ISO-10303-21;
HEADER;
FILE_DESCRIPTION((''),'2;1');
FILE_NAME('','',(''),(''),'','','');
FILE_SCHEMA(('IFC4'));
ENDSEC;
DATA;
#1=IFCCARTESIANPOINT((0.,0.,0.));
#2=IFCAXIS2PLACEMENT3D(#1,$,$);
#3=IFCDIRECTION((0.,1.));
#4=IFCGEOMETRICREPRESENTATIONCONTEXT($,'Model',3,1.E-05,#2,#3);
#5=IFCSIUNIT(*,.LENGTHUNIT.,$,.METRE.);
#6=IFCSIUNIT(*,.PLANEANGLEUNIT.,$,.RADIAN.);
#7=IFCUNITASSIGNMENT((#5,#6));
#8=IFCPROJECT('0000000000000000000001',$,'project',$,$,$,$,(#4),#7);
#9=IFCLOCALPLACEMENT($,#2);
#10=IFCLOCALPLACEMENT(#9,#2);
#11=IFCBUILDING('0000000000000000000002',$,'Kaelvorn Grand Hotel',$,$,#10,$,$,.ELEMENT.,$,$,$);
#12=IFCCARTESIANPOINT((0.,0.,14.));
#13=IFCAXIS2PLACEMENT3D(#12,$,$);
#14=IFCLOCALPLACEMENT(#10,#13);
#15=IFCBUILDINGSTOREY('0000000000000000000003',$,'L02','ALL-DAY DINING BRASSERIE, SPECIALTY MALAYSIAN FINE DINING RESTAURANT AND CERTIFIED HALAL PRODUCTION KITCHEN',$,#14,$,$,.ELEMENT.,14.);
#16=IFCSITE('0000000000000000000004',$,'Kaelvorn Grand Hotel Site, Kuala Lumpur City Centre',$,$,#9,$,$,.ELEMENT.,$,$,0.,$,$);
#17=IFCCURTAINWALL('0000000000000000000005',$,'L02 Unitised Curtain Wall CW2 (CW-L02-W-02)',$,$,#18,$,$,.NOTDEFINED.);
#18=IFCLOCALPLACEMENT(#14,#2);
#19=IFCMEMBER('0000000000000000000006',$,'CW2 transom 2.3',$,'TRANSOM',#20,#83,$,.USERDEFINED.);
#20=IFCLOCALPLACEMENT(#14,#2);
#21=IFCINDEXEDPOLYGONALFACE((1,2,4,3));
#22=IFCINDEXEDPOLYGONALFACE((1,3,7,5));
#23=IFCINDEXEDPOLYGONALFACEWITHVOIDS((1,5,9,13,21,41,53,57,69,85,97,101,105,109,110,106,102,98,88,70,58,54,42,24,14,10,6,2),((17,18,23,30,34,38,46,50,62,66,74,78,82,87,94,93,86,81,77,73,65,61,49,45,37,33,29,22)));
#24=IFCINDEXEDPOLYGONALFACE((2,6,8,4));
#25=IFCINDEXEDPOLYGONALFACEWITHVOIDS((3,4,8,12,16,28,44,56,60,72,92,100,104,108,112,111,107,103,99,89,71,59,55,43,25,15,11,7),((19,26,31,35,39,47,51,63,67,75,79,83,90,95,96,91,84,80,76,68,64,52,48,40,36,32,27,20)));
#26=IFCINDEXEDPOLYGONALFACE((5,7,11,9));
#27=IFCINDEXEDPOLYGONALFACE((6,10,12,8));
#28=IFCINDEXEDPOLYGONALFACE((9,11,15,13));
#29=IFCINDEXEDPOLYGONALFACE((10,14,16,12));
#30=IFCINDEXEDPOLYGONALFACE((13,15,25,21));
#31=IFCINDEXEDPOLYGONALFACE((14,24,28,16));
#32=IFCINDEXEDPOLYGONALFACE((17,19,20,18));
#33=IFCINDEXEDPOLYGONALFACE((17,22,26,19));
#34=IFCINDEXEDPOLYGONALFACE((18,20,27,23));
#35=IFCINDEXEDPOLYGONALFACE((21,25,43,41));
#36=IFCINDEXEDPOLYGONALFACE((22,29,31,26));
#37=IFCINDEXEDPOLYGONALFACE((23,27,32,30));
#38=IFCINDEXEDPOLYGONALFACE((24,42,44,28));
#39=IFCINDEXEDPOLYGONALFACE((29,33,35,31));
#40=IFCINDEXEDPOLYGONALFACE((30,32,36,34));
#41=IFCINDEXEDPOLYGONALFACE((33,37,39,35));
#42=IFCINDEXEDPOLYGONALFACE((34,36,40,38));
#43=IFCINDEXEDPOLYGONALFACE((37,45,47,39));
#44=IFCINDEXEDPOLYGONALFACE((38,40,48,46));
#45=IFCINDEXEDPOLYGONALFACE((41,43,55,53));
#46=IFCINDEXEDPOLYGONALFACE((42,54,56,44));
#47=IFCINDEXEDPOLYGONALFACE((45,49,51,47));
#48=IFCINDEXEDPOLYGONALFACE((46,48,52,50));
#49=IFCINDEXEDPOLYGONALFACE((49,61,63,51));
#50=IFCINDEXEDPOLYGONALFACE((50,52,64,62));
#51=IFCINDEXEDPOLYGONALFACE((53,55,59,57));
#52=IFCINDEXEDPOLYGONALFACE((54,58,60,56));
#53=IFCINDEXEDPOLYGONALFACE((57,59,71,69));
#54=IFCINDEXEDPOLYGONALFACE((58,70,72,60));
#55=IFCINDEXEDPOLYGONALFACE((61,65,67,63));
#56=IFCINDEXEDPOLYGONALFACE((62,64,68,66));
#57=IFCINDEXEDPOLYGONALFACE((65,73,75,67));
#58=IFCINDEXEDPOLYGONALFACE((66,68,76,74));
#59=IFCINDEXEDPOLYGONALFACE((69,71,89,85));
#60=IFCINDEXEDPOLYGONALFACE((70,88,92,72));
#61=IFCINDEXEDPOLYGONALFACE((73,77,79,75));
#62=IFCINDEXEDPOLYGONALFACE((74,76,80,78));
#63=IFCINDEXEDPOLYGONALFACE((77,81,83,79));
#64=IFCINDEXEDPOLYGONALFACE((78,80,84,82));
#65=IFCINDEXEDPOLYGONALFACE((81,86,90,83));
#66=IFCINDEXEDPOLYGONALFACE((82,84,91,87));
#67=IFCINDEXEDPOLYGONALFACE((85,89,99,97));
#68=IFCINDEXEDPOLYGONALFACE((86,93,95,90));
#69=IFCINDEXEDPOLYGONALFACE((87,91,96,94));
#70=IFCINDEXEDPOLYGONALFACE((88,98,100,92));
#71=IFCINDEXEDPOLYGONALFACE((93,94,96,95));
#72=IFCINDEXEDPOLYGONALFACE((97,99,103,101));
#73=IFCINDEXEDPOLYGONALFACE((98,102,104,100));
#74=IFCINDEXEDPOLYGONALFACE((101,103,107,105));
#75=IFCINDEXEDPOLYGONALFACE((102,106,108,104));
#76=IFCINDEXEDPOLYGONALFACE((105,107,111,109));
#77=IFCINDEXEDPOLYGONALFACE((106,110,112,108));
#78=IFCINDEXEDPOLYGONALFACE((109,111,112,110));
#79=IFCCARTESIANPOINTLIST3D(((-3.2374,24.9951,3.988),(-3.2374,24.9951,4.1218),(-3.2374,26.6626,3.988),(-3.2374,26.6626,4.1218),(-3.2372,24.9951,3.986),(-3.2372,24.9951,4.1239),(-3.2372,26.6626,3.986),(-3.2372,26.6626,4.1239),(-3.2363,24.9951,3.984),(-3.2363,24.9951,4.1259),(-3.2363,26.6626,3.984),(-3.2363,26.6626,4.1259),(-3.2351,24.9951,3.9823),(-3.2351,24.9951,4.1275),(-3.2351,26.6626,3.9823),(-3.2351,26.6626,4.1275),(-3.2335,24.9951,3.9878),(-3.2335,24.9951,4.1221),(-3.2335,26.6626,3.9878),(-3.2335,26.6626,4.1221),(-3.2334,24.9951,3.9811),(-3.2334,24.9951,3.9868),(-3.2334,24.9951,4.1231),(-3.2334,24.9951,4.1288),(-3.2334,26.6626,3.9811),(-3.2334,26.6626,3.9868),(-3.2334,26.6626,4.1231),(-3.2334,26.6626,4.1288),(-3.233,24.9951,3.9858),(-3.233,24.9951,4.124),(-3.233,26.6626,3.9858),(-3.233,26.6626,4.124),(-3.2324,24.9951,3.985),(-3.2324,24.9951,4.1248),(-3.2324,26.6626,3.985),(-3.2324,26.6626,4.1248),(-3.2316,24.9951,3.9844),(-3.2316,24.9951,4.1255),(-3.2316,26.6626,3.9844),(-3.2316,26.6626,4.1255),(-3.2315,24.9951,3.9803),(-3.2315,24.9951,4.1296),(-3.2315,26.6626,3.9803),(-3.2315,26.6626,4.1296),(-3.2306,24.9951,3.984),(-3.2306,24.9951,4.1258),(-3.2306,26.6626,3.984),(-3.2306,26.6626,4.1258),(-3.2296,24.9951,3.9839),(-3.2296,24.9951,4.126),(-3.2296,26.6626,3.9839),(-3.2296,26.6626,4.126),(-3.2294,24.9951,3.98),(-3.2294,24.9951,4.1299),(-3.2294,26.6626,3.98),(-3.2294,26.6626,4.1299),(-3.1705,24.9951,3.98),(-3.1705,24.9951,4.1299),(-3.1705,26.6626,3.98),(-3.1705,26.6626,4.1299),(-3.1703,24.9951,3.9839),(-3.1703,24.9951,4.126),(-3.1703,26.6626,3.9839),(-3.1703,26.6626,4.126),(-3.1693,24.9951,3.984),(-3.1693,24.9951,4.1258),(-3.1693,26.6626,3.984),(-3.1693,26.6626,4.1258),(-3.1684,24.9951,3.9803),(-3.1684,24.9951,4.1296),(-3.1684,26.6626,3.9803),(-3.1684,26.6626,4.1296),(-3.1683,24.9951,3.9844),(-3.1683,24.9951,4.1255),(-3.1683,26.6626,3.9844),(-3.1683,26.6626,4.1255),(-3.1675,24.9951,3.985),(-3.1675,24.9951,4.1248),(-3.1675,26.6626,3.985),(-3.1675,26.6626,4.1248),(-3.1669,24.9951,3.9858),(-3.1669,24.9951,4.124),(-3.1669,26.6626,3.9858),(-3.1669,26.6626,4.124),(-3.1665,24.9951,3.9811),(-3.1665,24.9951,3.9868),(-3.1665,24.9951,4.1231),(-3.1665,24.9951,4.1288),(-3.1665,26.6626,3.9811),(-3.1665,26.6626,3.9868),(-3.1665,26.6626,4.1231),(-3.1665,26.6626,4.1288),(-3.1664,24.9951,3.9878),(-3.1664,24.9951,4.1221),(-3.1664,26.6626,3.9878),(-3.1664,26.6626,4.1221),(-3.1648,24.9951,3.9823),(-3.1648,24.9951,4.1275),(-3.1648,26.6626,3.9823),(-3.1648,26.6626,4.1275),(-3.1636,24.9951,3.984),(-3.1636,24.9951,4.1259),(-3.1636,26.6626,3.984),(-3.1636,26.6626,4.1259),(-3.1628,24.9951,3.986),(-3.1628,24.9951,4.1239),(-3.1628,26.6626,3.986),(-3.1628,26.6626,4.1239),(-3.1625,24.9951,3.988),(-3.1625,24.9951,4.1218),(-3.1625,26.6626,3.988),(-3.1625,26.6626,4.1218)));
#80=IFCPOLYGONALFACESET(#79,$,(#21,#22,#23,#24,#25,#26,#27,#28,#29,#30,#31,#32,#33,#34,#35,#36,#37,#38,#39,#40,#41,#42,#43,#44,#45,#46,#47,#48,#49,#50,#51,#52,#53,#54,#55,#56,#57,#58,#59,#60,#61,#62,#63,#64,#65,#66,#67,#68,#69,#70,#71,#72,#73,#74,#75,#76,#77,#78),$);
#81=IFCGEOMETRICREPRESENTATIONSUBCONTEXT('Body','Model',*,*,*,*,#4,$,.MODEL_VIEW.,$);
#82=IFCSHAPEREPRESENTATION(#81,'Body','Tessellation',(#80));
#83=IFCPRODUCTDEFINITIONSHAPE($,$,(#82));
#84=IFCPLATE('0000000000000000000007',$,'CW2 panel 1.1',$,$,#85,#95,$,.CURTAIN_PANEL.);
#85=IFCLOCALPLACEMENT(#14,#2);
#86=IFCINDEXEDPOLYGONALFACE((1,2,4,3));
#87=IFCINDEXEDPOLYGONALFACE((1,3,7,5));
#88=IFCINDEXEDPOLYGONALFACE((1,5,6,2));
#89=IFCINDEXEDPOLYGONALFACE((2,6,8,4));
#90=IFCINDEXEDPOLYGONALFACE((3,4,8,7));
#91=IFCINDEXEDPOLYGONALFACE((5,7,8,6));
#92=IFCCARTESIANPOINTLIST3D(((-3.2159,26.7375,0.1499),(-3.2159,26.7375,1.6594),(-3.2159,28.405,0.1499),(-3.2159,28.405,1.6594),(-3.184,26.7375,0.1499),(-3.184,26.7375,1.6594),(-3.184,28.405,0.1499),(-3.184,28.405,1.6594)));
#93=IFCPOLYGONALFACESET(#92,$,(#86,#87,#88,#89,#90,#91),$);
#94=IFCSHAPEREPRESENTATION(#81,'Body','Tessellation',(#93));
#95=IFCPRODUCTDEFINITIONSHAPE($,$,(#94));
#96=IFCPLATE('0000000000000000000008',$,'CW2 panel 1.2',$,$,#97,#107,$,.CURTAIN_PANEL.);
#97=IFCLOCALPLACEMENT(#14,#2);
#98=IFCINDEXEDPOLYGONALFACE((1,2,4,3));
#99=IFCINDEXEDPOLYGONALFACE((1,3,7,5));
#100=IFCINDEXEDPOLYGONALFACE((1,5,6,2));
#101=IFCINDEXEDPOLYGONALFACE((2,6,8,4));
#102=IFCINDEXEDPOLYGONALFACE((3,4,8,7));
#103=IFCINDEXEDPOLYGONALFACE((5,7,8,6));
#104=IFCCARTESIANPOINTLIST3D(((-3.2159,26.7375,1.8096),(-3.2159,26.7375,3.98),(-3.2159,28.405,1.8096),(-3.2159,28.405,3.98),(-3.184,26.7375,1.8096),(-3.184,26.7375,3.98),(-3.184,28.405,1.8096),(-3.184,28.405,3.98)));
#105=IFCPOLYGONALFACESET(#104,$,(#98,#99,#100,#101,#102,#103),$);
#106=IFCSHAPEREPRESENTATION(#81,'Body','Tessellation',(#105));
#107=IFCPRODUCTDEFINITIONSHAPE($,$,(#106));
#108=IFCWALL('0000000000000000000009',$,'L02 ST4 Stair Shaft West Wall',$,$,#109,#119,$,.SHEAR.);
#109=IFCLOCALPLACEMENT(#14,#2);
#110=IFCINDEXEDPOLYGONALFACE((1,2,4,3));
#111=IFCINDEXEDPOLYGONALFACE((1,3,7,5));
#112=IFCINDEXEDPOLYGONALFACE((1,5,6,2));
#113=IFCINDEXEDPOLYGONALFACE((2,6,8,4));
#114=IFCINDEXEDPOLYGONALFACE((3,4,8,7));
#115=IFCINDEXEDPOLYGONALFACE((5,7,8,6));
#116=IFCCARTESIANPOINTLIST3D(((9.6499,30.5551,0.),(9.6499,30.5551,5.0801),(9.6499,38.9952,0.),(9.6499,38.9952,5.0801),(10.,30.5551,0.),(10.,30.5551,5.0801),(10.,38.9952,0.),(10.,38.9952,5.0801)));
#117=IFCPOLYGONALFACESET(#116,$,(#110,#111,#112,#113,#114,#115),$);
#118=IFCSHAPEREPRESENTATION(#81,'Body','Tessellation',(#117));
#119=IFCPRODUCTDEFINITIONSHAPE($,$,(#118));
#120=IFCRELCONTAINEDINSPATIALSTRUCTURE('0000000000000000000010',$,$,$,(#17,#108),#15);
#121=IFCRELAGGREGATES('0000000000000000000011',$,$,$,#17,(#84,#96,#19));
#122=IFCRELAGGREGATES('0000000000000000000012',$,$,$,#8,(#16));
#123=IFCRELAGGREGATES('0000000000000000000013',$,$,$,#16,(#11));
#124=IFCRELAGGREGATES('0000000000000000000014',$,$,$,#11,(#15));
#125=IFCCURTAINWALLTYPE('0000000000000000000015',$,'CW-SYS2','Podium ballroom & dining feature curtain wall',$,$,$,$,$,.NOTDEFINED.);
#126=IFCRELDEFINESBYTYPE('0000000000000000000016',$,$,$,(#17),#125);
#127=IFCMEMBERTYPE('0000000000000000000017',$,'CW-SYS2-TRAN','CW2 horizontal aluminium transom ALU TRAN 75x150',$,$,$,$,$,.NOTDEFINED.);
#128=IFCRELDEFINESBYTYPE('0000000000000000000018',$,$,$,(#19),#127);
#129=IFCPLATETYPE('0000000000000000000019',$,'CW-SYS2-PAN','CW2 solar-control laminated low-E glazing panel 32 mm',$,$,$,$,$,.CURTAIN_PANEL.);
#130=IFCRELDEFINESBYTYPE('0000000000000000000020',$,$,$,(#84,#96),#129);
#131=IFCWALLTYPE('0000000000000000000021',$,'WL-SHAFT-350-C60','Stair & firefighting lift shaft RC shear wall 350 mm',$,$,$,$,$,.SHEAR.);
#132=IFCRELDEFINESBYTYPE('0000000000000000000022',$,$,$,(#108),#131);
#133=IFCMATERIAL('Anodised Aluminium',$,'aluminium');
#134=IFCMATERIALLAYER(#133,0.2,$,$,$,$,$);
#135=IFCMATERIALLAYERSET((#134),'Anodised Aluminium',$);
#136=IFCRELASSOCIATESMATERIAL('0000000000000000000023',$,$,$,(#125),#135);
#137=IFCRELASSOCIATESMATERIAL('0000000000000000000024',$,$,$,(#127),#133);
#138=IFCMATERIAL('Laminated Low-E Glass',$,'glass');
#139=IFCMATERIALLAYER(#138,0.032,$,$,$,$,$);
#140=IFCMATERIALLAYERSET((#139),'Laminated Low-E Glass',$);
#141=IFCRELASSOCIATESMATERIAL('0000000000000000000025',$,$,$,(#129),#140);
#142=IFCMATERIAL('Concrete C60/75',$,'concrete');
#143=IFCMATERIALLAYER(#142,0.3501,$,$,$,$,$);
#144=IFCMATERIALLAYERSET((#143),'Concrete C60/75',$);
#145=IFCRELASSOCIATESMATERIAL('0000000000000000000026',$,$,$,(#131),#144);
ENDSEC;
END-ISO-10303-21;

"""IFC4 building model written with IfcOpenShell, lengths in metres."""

from ifc_helpers import new_model, si_unit, direction, frame, frame_2d, origin, origin_2d, place, context, subcontext, project, spatial, rectangle, hollow_rectangle, extrude, material, layer, layer_set, material_profile, profile_set, type_object, element, aggregate, save


model = new_model("IFC4")

# Units and contexts
model_context = context("Model", 3, precision=1e-05, world=origin(), true_north=direction((0.0, 1.0)))
body_context = subcontext(model_context, "Body", "Model", "MODEL_VIEW")
ifc_project = project(units=[si_unit("LENGTHUNIT", "METRE"), si_unit("PLANEANGLEUNIT", "RADIAN")], contexts=[model_context])

# Site, building, storey
site_placement = place(None, origin())
site = spatial("IfcSite", under=ifc_project, at=site_placement, Name="Kaelvorn Grand Hotel Site, Kuala Lumpur City Centre", CompositionType="ELEMENT", RefElevation=0.0)
building_placement = place(site_placement, origin())
building = spatial("IfcBuilding", under=site, at=building_placement, Name="Kaelvorn Grand Hotel", CompositionType="ELEMENT")
storey_placement = place(building_placement, frame((0.0, 0.0, 14.0)))
storey = spatial("IfcBuildingStorey", under=building, at=storey_placement, Name="L02", Description="ALL-DAY DINING BRASSERIE, SPECIALTY MALAYSIAN FINE DINING RESTAURANT AND CERTIFIED HALAL PRODUCTION KITCHEN", CompositionType="ELEMENT", Elevation=14.0)

# Shared definitions
ifc_material_1 = material(Name="Concrete C60/75", Category="concrete")

# Curtain wall, member, plates
ifc_material_2 = material(Name="Anodised Aluminium", Category="aluminium")
ifc_layer_1 = layer(ifc_material_2, 0.2)
ifc_layer_set_1 = layer_set([ifc_layer_1], Name="Anodised Aluminium")
curtain_wall_type = type_object("IfcCurtainWallType", Name="CW-SYS2", Description="Podium ballroom & dining feature curtain wall", PredefinedType="NOTDEFINED", material=ifc_layer_set_1)
curtain_wall_placement = place(storey_placement, origin())
curtain_wall = element("IfcCurtainWall", 1, at=curtain_wall_placement, inside=storey, type_object=curtain_wall_type, Name="L02 Unitised Curtain Wall CW2 (CW-L02-W-02)", PredefinedType="NOTDEFINED")
ifc_material_profile_1 = material_profile(ifc_material_2, hollow_rectangle(XDim=0.075, YDim=0.1499, WallThickness=0.0039, InnerFilletRadius=0.0039, OuterFilletRadius=0.0081, at=origin_2d()), Name="ALU TRAN 75x150")
ifc_profile_set_1 = profile_set([ifc_material_profile_1], Name="Anodised Aluminium")
member_type_1 = type_object("IfcMemberType", Name="CW-SYS2-TRAN", Description="CW2 horizontal aluminium transom ALU TRAN 75x150", PredefinedType="NOTDEFINED", material=ifc_profile_set_1)
member_1_placement = place(storey_placement, frame((-3.2, 26.6626, 4.0549), z_axis=(0.0, -1.0, 0.0), x_axis=(1.0, 0.0, 0.0)))
member_1 = element("IfcMember", 2, at=member_1_placement, type_object=member_type_1, Name="CW2 transom 2.3", ObjectType="TRANSOM", PredefinedType="USERDEFINED", context=body_context, shape_type="SweptSolid", body=[
    extrude(hollow_rectangle(XDim=0.075, YDim=0.1499, WallThickness=0.0039, InnerFilletRadius=0.0039, OuterFilletRadius=0.0081, at=origin_2d()), origin(), (0.0, 0.0, 1.0), 1.6675),
])
ifc_material_3 = material(Name="Laminated Low-E Glass", Category="glass")
ifc_layer_2 = layer(ifc_material_3, 0.032)
ifc_layer_set_2 = layer_set([ifc_layer_2], Name="Laminated Low-E Glass")
plate_type = type_object("IfcPlateType", Name="CW-SYS2-PAN", Description="CW2 solar-control laminated low-E glazing panel 32 mm", PredefinedType="CURTAIN_PANEL", material=ifc_layer_set_2)
plate_1_placement = place(storey_placement, frame((-3.2, 27.5713, 0.1499), z_axis=(0.0, 0.0, 1.0), x_axis=(0.0, -1.0, 0.0)))
plate_1 = element("IfcPlate", 3, at=plate_1_placement, type_object=plate_type, Name="CW2 panel 1.1", PredefinedType="CURTAIN_PANEL", context=body_context, shape_type="SweptSolid", body=[
    extrude(rectangle(XDim=1.6675, YDim=0.032, at=origin_2d()), origin(), (0.0, 0.0, 1.0), 1.5095),
])
plate_2_placement = place(storey_placement, frame((-3.2, 27.5713, 1.8096), z_axis=(0.0, 0.0, 1.0), x_axis=(0.0, -1.0, 0.0)))
plate_2 = element("IfcPlate", 4, at=plate_2_placement, type_object=plate_type, Name="CW2 panel 1.2", PredefinedType="CURTAIN_PANEL", context=body_context, shape_type="SweptSolid", body=[
    extrude(rectangle(XDim=1.6675, YDim=0.032, at=origin_2d()), origin(), (0.0, 0.0, 1.0), 2.1704),
])
aggregate(curtain_wall, [plate_1, plate_2, member_1])

# Shared definitions
ifc_layer_3 = layer(ifc_material_1, 0.3501)
ifc_layer_set_3 = layer_set([ifc_layer_3], Name="Concrete C60/75")
wall_type = type_object("IfcWallType", Name="WL-SHAFT-350-C60", Description="Stair & firefighting lift shaft RC shear wall 350 mm", PredefinedType="SHEAR", material=ifc_layer_set_3)

# Wall
wall_1_placement = place(storey_placement, frame((9.825, 30.5549, 0.0), z_axis=(0.0, 0.0, 1.0), x_axis=(0.0, 1.0, 0.0)))
element("IfcWall", 5, at=wall_1_placement, inside=storey, type_object=wall_type, Name="L02 ST4 Stair Shaft West Wall", PredefinedType="SHEAR", context=body_context, shape_type="SweptSolid", body=[
    extrude(rectangle(XDim=8.4402, YDim=0.3501, at=frame_2d((4.2202, 0.0))), origin(), (0.0, 0.0, 1.0), 5.0801),
])

save(model, "model.ifc")
